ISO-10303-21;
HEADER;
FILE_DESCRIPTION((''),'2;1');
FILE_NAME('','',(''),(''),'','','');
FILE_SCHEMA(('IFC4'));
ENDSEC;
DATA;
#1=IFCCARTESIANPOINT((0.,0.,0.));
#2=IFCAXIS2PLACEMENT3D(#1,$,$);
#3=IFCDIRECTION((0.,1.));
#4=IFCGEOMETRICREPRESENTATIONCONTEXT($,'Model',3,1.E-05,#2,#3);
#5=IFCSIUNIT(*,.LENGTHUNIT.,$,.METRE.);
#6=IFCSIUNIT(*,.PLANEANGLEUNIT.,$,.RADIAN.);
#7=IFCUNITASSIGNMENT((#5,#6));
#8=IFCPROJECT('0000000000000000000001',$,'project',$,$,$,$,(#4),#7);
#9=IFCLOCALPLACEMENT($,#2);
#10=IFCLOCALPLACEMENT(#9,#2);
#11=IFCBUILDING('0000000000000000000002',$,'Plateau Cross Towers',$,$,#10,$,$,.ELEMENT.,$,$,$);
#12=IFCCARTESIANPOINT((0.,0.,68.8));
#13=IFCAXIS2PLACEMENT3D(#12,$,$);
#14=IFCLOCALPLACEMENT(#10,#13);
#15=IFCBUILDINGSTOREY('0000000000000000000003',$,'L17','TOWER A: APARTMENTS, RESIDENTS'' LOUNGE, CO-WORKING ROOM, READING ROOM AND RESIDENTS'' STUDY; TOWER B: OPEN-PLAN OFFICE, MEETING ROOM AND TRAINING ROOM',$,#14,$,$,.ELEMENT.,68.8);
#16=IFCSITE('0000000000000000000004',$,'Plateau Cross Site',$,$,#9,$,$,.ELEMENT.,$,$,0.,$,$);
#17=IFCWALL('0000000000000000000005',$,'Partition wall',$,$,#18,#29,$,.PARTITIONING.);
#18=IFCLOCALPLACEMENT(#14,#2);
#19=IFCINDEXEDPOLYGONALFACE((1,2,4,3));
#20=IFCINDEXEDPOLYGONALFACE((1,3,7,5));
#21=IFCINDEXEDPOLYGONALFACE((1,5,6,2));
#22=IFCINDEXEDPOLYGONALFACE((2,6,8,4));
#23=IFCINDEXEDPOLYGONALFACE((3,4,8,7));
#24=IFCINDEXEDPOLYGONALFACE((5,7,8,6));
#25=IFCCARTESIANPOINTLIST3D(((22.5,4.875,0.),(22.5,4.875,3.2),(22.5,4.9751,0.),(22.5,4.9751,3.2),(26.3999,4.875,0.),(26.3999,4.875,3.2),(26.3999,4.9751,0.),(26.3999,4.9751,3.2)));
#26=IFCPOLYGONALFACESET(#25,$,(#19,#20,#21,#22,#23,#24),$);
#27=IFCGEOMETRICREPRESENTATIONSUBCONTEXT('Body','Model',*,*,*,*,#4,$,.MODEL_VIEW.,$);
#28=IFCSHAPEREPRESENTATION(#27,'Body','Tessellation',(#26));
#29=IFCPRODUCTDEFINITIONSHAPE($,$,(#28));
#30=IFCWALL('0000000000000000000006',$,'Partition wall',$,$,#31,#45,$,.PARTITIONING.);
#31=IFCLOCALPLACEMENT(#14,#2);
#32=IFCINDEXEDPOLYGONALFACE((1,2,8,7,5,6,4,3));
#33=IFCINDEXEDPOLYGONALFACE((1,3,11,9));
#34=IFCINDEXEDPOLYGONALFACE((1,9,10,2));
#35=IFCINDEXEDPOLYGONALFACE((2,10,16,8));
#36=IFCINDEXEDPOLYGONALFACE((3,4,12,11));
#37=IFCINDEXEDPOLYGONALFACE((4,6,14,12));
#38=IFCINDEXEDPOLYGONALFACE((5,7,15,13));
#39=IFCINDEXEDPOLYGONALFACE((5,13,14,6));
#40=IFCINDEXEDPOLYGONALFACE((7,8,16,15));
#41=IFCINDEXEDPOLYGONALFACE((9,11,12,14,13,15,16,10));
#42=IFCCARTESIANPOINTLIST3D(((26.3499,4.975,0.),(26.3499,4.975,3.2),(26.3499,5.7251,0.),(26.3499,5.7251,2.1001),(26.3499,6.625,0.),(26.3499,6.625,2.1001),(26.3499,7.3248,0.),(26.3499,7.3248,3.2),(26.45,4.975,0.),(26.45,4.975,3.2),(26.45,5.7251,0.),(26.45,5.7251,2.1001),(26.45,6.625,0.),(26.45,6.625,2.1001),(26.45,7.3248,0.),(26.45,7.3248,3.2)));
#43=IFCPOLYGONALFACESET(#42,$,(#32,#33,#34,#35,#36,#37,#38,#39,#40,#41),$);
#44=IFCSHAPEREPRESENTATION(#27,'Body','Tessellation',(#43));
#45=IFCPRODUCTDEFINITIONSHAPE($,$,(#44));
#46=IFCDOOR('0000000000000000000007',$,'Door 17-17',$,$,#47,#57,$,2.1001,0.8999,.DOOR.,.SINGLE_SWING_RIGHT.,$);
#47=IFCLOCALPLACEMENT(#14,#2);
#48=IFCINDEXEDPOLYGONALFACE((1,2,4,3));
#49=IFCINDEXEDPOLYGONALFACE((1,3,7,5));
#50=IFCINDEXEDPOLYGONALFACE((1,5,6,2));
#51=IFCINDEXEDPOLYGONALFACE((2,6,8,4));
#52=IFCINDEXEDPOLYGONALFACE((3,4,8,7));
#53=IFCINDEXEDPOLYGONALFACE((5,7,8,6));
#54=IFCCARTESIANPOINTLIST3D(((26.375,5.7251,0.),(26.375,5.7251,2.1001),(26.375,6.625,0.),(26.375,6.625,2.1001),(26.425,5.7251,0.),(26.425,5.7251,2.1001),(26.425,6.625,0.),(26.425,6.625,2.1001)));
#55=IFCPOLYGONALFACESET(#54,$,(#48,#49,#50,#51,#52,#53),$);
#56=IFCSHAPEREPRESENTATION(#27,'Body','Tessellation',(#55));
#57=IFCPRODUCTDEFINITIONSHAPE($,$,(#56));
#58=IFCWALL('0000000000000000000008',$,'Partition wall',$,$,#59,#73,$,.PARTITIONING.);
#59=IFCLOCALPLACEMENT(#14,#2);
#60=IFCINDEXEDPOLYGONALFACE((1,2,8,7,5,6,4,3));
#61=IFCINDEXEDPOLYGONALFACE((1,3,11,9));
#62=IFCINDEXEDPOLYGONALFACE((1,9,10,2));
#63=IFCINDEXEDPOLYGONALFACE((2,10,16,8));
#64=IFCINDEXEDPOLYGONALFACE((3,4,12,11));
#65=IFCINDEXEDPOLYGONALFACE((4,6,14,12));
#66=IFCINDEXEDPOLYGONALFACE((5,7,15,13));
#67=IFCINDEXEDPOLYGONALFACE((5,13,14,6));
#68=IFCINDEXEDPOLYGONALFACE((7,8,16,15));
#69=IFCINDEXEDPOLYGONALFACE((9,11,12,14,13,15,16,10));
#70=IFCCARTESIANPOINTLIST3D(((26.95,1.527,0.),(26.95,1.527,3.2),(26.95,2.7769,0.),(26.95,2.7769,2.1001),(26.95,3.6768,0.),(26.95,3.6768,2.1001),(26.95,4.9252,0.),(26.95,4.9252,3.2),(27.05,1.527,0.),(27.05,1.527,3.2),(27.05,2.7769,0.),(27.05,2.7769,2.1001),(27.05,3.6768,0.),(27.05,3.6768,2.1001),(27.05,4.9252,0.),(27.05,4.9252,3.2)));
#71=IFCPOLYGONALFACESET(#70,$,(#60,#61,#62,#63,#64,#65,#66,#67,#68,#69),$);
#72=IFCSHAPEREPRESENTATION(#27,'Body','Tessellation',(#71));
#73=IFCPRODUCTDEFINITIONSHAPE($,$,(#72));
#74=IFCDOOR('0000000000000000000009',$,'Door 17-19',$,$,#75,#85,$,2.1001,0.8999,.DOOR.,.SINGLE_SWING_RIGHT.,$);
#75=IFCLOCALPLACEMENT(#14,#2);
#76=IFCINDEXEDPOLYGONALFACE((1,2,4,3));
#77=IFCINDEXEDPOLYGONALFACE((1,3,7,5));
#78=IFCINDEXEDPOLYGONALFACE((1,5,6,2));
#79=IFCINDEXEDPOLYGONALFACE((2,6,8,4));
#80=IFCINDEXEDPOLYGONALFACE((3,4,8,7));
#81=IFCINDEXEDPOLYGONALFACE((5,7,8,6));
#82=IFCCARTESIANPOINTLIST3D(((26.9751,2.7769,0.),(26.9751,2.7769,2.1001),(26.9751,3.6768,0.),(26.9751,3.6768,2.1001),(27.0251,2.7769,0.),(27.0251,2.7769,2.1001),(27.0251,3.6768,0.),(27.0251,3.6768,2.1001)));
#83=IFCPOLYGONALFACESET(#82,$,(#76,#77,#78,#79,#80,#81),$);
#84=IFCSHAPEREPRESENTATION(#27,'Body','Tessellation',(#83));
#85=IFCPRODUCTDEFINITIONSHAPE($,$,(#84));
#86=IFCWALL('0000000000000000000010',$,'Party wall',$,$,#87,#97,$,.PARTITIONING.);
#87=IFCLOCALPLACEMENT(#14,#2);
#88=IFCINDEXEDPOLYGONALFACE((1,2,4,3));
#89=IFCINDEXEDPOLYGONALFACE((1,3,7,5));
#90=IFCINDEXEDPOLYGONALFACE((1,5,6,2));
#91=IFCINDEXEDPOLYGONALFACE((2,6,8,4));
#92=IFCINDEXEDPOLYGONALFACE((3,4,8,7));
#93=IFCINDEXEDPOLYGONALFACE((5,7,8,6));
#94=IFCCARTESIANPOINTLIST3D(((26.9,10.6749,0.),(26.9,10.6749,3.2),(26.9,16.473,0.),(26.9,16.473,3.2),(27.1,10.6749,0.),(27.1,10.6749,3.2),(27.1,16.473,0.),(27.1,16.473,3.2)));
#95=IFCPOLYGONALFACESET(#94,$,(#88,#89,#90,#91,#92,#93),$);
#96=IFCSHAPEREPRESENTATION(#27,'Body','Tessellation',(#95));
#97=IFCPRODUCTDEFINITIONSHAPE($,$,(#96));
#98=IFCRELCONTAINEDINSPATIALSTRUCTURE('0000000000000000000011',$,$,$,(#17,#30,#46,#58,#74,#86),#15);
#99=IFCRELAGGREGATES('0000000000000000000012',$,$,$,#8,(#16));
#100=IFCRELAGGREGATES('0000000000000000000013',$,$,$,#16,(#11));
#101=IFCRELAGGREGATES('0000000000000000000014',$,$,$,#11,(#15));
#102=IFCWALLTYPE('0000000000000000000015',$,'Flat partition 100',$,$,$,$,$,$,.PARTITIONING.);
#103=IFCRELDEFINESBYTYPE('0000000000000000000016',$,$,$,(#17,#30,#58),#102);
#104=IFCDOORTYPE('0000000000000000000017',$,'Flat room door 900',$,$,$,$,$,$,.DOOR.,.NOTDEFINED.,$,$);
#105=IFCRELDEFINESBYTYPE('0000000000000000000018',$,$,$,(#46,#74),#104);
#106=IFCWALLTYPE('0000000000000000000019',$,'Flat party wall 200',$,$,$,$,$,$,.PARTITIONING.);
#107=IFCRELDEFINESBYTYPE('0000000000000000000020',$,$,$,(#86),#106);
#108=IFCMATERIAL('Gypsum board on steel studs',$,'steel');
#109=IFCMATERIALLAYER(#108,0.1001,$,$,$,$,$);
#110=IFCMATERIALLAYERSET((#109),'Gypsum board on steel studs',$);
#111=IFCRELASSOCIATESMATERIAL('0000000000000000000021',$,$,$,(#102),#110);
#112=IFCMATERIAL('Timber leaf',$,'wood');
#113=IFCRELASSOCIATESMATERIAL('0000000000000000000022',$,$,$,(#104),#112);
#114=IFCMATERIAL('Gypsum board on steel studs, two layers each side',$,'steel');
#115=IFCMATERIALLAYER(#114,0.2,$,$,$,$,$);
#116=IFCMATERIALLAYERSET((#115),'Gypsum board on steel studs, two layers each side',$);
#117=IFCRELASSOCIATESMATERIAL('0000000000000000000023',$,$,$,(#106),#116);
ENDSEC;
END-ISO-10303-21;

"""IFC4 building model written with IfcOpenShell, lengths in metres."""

from ifc_helpers import new_model, si_unit, direction, frame, frame_2d, origin, place, context, subcontext, project, spatial, rectangle, extrude, material, layer, layer_set, type_object, element, fill, save


model = new_model("IFC4")

# Units and contexts
model_context = context("Model", 3, precision=1e-05, world=origin(), true_north=direction((0.0, 1.0)))
body_context = subcontext(model_context, "Body", "Model", "MODEL_VIEW")
ifc_project = project(units=[si_unit("LENGTHUNIT", "METRE"), si_unit("PLANEANGLEUNIT", "RADIAN")], contexts=[model_context])

# Site, building, storey
site_placement = place(None, origin())
site = spatial("IfcSite", under=ifc_project, at=site_placement, Name="Plateau Cross Site", CompositionType="ELEMENT", RefElevation=0.0)
building_placement = place(site_placement, origin())
building = spatial("IfcBuilding", under=site, at=building_placement, Name="Plateau Cross Towers", CompositionType="ELEMENT")
storey_placement = place(building_placement, frame((0.0, 0.0, 68.8)))
storey = spatial("IfcBuildingStorey", under=building, at=storey_placement, Name="L17", Description="TOWER A: APARTMENTS, RESIDENTS' LOUNGE, CO-WORKING ROOM, READING ROOM AND RESIDENTS' STUDY; TOWER B: OPEN-PLAN OFFICE, MEETING ROOM AND TRAINING ROOM", CompositionType="ELEMENT", Elevation=68.8)

# Wall
ifc_material_1 = material(Name="Gypsum board on steel studs", Category="steel")
ifc_layer_1 = layer(ifc_material_1, 0.1001)
ifc_layer_set_1 = layer_set([ifc_layer_1], Name="Gypsum board on steel studs")
wall_type_1 = type_object("IfcWallType", Name="Flat partition 100", PredefinedType="PARTITIONING", material=ifc_layer_set_1)
wall_1_placement = place(storey_placement, frame((22.5, 4.925, 0.0), z_axis=(0.0, 0.0, 1.0), x_axis=(1.0, 0.0, 0.0)))
element("IfcWall", 1, at=wall_1_placement, inside=storey, type_object=wall_type_1, Name="Partition wall", PredefinedType="PARTITIONING", context=body_context, shape_type="SweptSolid", body=[
    extrude(rectangle(XDim=3.8999, YDim=0.1001, at=frame_2d((1.95, 0.0))), origin(), (0.0, 0.0, 1.0), 3.2),
])

# Walls, openings, doors
wall_2_placement = place(storey_placement, frame((26.3999, 4.9751, 0.0), z_axis=(0.0, 0.0, 1.0), x_axis=(0.0, 1.0, 0.0)))
wall_2 = element("IfcWall", 2, at=wall_2_placement, inside=storey, type_object=wall_type_1, Name="Partition wall", PredefinedType="PARTITIONING", context=body_context, shape_type="SweptSolid", body=[
    extrude(rectangle(XDim=2.3499, YDim=0.1001, at=frame_2d((1.1748, 0.0))), origin(), (0.0, 0.0, 1.0), 3.2),
])
opening_1_placement = place(wall_2_placement, frame((0.75, 0.0, 0.0)))
opening_1 = element("IfcOpeningElement", 3, at=opening_1_placement, cuts=wall_2, PredefinedType="OPENING", context=body_context, shape_type="SweptSolid", body=[
    extrude(rectangle(XDim=0.8999, YDim=2.1001, at=frame_2d((0.45, 1.05))), frame((0.0, 0.0601, 0.0), z_axis=(0.0, -1.0, 0.0), x_axis=(1.0, 0.0, 0.0)), (0.0, 0.0, 1.0), 0.1201),
])
ifc_material_2 = material(Name="Timber leaf", Category="wood")
door_type_1 = type_object("IfcDoorType", Name="Flat room door 900", OperationType="NOTDEFINED", PredefinedType="DOOR", material=ifc_material_2)
door_1_placement = place(opening_1_placement, origin())
door_1 = element("IfcDoor", 4, at=door_1_placement, inside=storey, type_object=door_type_1, Name="Door 17-17", OperationType="SINGLE_SWING_RIGHT", OverallHeight=2.1001, OverallWidth=0.8999, PredefinedType="DOOR", context=body_context, shape_type="SweptSolid", body=[
    extrude(rectangle(XDim=0.8999, YDim=2.1001, at=frame_2d((0.45, 1.05))), frame((0.0, 0.0249, 0.0), z_axis=(0.0, -1.0, 0.0), x_axis=(1.0, 0.0, 0.0)), (0.0, 0.0, 1.0), 0.05),
])
fill(opening_1, door_1)
wall_3_placement = place(storey_placement, frame((27.0, 1.5269, 0.0), z_axis=(0.0, 0.0, 1.0), x_axis=(0.0, 1.0, 0.0)))
wall_3 = element("IfcWall", 5, at=wall_3_placement, inside=storey, type_object=wall_type_1, Name="Partition wall", PredefinedType="PARTITIONING", context=body_context, shape_type="SweptSolid", body=[
    extrude(rectangle(XDim=3.3982, YDim=0.1001, at=frame_2d((1.6992, 0.0))), origin(), (0.0, 0.0, 1.0), 3.2),
])
opening_2_placement = place(wall_3_placement, frame((1.25, 0.0, 0.0)))
opening_2 = element("IfcOpeningElement", 6, at=opening_2_placement, cuts=wall_3, PredefinedType="OPENING", context=body_context, shape_type="SweptSolid", body=[
    extrude(rectangle(XDim=0.8999, YDim=2.1001, at=frame_2d((0.45, 1.05))), frame((0.0, 0.0601, 0.0), z_axis=(0.0, -1.0, 0.0), x_axis=(1.0, 0.0, 0.0)), (0.0, 0.0, 1.0), 0.1201),
])
door_2_placement = place(opening_2_placement, origin())
door_2 = element("IfcDoor", 7, at=door_2_placement, inside=storey, type_object=door_type_1, Name="Door 17-19", OperationType="SINGLE_SWING_RIGHT", OverallHeight=2.1001, OverallWidth=0.8999, PredefinedType="DOOR", context=body_context, shape_type="SweptSolid", body=[
    extrude(rectangle(XDim=0.8999, YDim=2.1001, at=frame_2d((0.45, 1.05))), frame((0.0, 0.0249, 0.0), z_axis=(0.0, -1.0, 0.0), x_axis=(1.0, 0.0, 0.0)), (0.0, 0.0, 1.0), 0.05),
])
fill(opening_2, door_2)

# Wall
ifc_material_3 = material(Name="Gypsum board on steel studs, two layers each side", Category="steel")
ifc_layer_2 = layer(ifc_material_3, 0.2)
ifc_layer_set_2 = layer_set([ifc_layer_2], Name="Gypsum board on steel studs, two layers each side")
wall_type_2 = type_object("IfcWallType", Name="Flat party wall 200", PredefinedType="PARTITIONING", material=ifc_layer_set_2)
wall_4_placement = place(storey_placement, frame((27.0, 10.675, 0.0), z_axis=(0.0, 0.0, 1.0), x_axis=(0.0, 1.0, 0.0)))
element("IfcWall", 8, at=wall_4_placement, inside=storey, type_object=wall_type_2, Name="Party wall", PredefinedType="PARTITIONING", context=body_context, shape_type="SweptSolid", body=[
    extrude(rectangle(XDim=5.7981, YDim=0.2, at=frame_2d((2.8989, 0.0))), origin(), (0.0, 0.0, 1.0), 3.2),
])

save(model, "model.ifc")
